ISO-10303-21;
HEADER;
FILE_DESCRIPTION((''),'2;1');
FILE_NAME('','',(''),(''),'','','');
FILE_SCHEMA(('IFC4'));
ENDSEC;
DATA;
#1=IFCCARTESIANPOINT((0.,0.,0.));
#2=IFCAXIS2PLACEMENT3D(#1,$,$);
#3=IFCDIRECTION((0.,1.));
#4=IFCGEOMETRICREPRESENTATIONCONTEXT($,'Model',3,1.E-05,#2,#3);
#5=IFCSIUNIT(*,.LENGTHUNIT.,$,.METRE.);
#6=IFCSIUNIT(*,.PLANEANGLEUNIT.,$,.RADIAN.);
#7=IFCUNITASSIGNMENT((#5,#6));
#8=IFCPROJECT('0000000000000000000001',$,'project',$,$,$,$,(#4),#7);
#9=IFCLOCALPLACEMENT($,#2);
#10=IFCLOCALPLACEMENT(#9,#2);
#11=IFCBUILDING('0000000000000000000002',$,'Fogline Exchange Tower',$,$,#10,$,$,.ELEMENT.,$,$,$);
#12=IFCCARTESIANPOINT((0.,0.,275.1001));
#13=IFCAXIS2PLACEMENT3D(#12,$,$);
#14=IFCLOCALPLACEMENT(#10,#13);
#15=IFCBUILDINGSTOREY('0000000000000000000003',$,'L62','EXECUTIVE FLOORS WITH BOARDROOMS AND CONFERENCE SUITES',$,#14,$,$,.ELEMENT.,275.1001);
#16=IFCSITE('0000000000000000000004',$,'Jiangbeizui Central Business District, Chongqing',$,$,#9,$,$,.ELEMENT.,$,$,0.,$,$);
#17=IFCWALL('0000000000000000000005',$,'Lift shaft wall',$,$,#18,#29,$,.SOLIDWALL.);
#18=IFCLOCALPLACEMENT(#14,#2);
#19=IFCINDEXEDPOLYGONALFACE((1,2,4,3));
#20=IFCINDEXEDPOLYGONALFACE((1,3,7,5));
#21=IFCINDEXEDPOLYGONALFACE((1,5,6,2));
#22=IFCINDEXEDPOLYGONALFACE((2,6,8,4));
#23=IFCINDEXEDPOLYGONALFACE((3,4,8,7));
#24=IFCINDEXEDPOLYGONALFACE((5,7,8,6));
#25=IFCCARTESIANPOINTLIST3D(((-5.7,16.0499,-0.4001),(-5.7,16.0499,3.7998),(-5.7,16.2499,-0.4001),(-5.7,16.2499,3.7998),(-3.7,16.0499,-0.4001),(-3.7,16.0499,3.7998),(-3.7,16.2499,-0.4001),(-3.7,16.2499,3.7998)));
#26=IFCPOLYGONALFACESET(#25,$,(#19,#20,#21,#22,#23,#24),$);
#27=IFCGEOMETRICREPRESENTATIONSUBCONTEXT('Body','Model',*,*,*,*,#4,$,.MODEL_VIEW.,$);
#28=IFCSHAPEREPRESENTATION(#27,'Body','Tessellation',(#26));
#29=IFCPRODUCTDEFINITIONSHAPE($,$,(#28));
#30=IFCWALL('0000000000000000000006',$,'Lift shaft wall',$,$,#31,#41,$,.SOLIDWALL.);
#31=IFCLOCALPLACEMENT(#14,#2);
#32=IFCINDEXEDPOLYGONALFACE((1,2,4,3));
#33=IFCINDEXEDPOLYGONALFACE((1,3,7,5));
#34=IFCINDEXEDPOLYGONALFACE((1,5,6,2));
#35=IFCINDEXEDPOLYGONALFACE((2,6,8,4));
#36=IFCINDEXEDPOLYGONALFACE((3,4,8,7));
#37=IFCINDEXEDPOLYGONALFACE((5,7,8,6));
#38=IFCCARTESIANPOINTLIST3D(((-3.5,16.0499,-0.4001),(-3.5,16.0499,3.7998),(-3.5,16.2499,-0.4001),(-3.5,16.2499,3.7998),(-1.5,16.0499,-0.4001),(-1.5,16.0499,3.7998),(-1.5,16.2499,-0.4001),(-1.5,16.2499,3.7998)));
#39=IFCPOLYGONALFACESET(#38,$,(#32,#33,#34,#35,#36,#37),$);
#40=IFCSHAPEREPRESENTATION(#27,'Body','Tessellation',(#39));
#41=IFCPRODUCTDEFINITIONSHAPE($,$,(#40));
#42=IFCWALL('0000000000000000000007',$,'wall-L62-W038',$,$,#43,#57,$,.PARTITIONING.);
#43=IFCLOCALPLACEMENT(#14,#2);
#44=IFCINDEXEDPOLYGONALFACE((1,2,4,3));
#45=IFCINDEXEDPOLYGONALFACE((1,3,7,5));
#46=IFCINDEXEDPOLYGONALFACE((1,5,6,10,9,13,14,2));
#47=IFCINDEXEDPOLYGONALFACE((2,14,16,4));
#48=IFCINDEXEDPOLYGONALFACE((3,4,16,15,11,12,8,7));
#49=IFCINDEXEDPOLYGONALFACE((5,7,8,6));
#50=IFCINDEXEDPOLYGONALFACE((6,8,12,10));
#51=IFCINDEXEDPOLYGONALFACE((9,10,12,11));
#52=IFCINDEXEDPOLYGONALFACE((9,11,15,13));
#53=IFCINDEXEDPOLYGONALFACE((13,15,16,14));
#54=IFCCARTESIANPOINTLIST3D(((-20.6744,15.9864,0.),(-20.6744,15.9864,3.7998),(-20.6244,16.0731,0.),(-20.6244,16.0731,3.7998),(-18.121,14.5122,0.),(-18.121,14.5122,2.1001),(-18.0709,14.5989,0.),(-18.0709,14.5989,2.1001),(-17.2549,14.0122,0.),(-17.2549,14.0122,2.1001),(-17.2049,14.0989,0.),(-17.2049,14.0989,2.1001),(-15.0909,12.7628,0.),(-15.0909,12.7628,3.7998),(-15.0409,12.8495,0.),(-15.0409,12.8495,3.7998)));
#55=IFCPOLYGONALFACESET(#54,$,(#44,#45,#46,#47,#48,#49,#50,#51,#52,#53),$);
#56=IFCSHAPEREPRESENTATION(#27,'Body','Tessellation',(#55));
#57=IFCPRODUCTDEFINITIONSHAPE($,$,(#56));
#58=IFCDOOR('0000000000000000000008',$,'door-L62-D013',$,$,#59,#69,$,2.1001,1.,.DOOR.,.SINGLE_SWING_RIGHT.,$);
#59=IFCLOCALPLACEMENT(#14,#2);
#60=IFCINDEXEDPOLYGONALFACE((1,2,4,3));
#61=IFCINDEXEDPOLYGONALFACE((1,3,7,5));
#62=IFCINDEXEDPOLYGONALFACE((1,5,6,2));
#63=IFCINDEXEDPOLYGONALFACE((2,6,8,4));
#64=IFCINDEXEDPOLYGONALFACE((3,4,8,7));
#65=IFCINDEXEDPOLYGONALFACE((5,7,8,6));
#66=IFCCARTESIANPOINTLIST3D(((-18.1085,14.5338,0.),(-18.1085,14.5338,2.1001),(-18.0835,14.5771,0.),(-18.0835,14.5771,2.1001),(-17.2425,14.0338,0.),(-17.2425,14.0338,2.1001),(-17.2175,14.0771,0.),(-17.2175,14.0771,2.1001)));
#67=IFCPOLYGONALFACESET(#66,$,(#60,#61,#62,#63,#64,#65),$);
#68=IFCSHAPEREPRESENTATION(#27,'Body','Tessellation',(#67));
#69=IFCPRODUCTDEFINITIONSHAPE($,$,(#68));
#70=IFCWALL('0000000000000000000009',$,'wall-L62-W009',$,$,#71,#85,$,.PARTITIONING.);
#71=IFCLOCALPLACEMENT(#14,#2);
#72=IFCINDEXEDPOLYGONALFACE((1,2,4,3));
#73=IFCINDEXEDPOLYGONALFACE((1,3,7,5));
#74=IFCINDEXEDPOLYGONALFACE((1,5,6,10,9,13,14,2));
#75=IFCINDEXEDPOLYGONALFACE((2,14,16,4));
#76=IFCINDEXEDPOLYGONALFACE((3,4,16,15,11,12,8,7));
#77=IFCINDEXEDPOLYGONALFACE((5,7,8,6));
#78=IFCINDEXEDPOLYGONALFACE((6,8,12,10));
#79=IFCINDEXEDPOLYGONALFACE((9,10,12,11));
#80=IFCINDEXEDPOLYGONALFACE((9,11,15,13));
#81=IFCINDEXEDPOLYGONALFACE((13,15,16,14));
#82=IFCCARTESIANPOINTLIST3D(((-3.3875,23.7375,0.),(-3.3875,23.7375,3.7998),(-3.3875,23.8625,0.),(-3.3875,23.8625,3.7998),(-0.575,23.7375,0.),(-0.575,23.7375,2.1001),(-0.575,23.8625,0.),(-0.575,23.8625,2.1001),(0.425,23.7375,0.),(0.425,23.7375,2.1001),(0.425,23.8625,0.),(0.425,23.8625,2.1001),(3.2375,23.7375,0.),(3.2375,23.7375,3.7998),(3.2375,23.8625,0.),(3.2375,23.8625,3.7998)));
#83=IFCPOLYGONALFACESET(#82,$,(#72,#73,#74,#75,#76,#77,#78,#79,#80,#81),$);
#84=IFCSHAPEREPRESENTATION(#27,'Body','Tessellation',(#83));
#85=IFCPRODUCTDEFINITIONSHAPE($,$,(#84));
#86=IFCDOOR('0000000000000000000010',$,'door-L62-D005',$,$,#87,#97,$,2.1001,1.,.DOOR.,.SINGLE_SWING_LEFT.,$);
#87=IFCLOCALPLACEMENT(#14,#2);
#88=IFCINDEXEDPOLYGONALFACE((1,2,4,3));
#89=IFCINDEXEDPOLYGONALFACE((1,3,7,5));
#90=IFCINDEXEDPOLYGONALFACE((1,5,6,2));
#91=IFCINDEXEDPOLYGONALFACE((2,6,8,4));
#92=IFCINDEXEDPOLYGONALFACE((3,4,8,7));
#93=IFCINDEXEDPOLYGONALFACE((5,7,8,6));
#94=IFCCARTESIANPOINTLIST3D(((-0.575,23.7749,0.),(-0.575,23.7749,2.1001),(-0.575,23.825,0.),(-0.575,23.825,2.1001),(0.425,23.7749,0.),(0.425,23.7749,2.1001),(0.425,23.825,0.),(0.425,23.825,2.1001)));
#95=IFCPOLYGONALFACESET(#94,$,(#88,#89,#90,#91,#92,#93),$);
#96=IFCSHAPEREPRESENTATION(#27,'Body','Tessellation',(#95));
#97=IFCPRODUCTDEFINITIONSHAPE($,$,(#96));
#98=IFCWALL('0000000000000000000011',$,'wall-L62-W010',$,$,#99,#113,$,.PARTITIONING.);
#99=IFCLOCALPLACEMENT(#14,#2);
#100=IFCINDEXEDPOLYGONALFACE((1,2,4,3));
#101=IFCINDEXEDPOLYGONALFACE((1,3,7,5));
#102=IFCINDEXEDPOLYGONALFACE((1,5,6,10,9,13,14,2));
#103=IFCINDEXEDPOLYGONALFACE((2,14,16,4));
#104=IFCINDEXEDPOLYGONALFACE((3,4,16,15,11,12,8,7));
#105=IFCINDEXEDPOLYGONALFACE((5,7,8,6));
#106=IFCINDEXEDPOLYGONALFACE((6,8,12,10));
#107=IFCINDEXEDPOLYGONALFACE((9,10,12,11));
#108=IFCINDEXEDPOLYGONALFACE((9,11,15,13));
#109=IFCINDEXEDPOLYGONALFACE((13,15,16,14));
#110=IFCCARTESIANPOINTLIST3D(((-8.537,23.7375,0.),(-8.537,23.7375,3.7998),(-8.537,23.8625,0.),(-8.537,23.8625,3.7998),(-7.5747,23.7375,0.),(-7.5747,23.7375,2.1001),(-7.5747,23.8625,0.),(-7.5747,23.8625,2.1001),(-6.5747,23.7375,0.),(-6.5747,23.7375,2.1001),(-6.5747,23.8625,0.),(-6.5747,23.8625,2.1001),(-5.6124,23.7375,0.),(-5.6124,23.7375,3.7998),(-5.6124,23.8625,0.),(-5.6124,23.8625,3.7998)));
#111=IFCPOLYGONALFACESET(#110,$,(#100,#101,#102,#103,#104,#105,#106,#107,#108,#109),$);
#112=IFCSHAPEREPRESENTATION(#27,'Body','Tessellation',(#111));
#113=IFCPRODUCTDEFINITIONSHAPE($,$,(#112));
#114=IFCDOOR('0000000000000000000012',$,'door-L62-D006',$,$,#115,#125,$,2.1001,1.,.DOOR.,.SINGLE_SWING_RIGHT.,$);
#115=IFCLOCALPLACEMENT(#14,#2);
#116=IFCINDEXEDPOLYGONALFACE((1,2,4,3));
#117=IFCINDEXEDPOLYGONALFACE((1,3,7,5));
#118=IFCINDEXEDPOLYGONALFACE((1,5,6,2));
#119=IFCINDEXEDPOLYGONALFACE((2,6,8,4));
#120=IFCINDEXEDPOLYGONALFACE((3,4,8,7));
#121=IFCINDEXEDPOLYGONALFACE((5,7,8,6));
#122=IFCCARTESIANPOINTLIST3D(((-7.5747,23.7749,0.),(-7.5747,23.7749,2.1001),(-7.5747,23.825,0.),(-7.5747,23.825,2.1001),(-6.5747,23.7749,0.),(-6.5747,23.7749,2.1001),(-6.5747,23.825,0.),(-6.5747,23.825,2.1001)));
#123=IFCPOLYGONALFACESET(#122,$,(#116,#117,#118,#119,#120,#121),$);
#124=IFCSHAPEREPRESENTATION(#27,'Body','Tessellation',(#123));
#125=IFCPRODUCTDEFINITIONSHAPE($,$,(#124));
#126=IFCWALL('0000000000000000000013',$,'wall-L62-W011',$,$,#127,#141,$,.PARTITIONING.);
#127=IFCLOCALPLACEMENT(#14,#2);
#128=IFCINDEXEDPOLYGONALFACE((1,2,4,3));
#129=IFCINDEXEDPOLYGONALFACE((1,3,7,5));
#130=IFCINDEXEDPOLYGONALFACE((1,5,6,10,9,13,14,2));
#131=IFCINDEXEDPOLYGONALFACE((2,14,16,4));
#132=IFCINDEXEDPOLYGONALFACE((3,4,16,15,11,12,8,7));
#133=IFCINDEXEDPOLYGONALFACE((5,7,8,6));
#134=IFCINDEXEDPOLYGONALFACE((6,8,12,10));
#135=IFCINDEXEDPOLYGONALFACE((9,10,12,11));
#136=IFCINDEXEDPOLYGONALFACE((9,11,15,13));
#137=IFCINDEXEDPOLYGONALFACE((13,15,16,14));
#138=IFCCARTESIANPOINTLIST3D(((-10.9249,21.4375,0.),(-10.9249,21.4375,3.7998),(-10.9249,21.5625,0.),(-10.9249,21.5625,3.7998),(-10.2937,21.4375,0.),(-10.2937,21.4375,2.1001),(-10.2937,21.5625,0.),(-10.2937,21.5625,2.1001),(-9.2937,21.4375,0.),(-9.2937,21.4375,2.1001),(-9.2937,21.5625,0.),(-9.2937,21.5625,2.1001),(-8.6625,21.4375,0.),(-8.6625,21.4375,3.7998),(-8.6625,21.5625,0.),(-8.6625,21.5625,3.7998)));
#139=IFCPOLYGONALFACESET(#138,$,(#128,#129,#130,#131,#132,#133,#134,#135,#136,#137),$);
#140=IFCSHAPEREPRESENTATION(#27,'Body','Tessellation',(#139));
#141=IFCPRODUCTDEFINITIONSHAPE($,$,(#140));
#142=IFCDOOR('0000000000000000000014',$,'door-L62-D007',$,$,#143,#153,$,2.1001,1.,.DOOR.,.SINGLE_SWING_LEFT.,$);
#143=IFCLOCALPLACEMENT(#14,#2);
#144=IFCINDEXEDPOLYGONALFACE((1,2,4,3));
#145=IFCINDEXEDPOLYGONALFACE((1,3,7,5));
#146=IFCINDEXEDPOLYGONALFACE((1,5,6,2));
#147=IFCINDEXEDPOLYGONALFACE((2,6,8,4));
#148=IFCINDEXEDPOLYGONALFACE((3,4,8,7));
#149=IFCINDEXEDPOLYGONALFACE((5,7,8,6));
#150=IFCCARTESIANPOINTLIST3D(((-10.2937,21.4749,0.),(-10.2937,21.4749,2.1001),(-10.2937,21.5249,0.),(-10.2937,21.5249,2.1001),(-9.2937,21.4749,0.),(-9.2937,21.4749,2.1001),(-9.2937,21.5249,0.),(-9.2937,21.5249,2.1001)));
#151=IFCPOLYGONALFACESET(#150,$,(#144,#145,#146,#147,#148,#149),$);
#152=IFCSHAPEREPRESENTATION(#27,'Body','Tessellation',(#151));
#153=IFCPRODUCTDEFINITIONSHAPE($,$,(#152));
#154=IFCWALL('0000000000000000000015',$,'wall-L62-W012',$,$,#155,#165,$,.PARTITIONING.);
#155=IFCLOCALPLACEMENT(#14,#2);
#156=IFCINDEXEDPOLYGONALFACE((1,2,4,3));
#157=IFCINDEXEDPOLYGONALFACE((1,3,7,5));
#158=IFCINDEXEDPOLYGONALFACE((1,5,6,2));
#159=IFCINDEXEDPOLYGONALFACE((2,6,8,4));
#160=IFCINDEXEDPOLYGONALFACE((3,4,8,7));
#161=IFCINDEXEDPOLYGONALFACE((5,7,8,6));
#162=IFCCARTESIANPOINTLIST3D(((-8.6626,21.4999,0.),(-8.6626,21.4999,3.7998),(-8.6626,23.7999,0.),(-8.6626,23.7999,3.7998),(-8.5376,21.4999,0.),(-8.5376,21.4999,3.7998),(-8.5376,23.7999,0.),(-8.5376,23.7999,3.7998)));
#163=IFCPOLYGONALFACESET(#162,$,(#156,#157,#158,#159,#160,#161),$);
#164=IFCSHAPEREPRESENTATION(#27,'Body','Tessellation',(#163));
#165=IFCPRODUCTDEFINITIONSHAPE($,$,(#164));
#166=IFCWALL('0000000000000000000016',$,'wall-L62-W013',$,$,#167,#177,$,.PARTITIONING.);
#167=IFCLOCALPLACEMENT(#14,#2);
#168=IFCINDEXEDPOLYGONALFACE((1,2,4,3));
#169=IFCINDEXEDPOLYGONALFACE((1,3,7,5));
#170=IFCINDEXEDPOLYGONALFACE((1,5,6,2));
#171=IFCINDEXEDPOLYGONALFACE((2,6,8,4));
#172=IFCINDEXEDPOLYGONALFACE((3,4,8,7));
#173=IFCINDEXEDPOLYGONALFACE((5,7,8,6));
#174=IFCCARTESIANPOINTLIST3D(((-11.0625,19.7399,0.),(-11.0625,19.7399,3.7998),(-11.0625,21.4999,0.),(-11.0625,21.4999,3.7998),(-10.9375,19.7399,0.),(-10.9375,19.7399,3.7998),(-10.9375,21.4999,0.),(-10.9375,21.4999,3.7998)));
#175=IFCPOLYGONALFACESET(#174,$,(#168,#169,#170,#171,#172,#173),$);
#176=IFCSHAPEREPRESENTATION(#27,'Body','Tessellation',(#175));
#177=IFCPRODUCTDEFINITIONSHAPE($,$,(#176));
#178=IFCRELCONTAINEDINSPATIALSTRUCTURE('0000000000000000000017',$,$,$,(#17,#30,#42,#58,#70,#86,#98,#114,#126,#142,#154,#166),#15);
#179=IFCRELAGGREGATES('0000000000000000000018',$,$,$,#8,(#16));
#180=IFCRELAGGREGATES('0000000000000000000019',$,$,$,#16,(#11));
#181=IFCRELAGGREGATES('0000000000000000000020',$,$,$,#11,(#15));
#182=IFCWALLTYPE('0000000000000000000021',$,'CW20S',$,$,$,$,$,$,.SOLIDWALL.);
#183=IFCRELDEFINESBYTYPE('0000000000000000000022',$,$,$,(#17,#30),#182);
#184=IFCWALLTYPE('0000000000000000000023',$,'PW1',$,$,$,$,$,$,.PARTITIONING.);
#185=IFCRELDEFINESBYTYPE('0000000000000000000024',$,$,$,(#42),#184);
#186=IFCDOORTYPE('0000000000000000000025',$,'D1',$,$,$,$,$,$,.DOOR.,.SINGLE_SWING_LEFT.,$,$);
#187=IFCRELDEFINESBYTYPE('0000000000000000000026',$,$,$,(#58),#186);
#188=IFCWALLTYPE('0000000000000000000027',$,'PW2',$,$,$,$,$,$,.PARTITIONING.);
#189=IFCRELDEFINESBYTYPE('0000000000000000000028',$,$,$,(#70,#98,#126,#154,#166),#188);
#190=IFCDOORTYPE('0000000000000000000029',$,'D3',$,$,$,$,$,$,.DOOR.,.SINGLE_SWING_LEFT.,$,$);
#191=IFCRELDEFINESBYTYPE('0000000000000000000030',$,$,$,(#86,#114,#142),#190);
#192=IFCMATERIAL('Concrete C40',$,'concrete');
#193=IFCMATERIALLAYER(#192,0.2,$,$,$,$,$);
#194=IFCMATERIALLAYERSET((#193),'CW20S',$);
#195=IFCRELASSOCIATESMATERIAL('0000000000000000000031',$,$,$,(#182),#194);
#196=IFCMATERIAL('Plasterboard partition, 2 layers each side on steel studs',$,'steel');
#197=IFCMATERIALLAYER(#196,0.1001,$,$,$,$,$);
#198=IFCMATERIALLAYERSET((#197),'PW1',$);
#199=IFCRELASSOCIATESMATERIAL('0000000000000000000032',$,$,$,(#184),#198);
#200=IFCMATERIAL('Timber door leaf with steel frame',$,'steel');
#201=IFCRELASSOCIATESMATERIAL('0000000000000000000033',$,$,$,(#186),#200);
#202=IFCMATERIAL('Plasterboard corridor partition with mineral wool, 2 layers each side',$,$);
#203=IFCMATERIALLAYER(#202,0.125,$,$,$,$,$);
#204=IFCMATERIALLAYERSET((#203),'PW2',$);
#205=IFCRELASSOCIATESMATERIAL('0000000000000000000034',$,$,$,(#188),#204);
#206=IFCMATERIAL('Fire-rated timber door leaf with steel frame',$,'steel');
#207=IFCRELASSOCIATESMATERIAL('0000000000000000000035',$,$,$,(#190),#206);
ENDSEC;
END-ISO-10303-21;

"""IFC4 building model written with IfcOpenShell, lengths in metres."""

from ifc_helpers import new_model, si_unit, direction, frame, frame_2d, origin, place, context, subcontext, project, spatial, rectangle, extrude, material, layer, layer_set, type_object, element, fill, save


model = new_model("IFC4")

# Units and contexts
model_context = context("Model", 3, precision=1e-05, world=origin(), true_north=direction((0.0, 1.0)))
body_context = subcontext(model_context, "Body", "Model", "MODEL_VIEW")
ifc_project = project(units=[si_unit("LENGTHUNIT", "METRE"), si_unit("PLANEANGLEUNIT", "RADIAN")], contexts=[model_context])

# Site, building, storey
site_placement = place(None, origin())
site = spatial("IfcSite", under=ifc_project, at=site_placement, Name="Jiangbeizui Central Business District, Chongqing", CompositionType="ELEMENT", RefElevation=0.0)
building_placement = place(site_placement, origin())
building = spatial("IfcBuilding", under=site, at=building_placement, Name="Fogline Exchange Tower", CompositionType="ELEMENT")
storey_placement = place(building_placement, frame((0.0, 0.0, 275.1001)))
storey = spatial("IfcBuildingStorey", under=building, at=storey_placement, Name="L62", Description="EXECUTIVE FLOORS WITH BOARDROOMS AND CONFERENCE SUITES", CompositionType="ELEMENT", Elevation=275.1001)

# Shared definitions
ifc_material_1 = material(Name="Concrete C40", Category="concrete")

# Walls
ifc_layer_1 = layer(ifc_material_1, 0.2)
ifc_layer_set_1 = layer_set([ifc_layer_1], Name="CW20S")
wall_type_1 = type_object("IfcWallType", Name="CW20S", PredefinedType="SOLIDWALL", material=ifc_layer_set_1)
for number, where, z_axis, x_axis, name in (
    (1, (-5.7, 16.1499, -0.4001), (0.0, 0.0, 1.0), (1.0, 0.0, 0.0), "Lift shaft wall"),
    (2, (-3.5, 16.1499, -0.4001), (0.0, 0.0, 1.0), (1.0, 0.0, 0.0), "Lift shaft wall"),
):
    element("IfcWall", number, at=place(storey_placement, frame(where, z_axis=z_axis, x_axis=x_axis)), inside=storey, type_object=wall_type_1, Name=name, PredefinedType="SOLIDWALL", context=body_context, shape_type="SweptSolid", body=[
        extrude(rectangle(XDim=2.0, YDim=0.2, at=frame_2d((1.0, 0.0))), origin(), (0.0, 0.0, 1.0), 4.2),
    ])

# Walls, openings, doors
ifc_material_2 = material(Name="Plasterboard partition, 2 layers each side on steel studs", Category="steel")
ifc_layer_2 = layer(ifc_material_2, 0.1001)
ifc_layer_set_2 = layer_set([ifc_layer_2], Name="PW1")
wall_type_2 = type_object("IfcWallType", Name="PW1", PredefinedType="PARTITIONING", material=ifc_layer_set_2)
wall_1_placement = place(storey_placement, frame((-15.0659, 12.8062, 0.0), z_axis=(0.0, 0.0, 1.0), x_axis=(-0.866025, 0.5, 0.0)))
wall_1 = element("IfcWall", 3, at=wall_1_placement, inside=storey, type_object=wall_type_2, Name="wall-L62-W038", PredefinedType="PARTITIONING", context=body_context, shape_type="SweptSolid", body=[
    extrude(rectangle(XDim=6.4473, YDim=0.1001, at=frame_2d((3.2236, 0.0))), origin(), (0.0, 0.0, 1.0), 3.7998),
])
opening_1_placement = place(wall_1_placement, frame((2.4988, 0.0, 0.0)))
opening_1 = element("IfcOpeningElement", 4, at=opening_1_placement, cuts=wall_1, PredefinedType="OPENING", context=body_context, shape_type="SweptSolid", body=[
    extrude(rectangle(XDim=1.0, YDim=2.1001, at=frame_2d((0.5, 1.05))), frame((0.0, 0.0601, 0.0), z_axis=(0.0, -1.0, 0.0), x_axis=(1.0, 0.0, 0.0)), (0.0, 0.0, 1.0), 0.1201),
])
ifc_material_3 = material(Name="Timber door leaf with steel frame", Category="steel")
door_type_1 = type_object("IfcDoorType", Name="D1", OperationType="SINGLE_SWING_LEFT", PredefinedType="DOOR", material=ifc_material_3)
door_1_placement = place(opening_1_placement, frame((1.0, 0.0, 0.0), z_axis=(0.0, 0.0, 1.0), x_axis=(-1.0, 0.0, 0.0)))
door_1 = element("IfcDoor", 5, at=door_1_placement, inside=storey, type_object=door_type_1, Name="door-L62-D013", OperationType="SINGLE_SWING_RIGHT", OverallHeight=2.1001, OverallWidth=1.0, PredefinedType="DOOR", context=body_context, shape_type="SweptSolid", body=[
    extrude(rectangle(XDim=1.0, YDim=2.1001, at=frame_2d((0.5, 1.05))), frame((0.0, 0.0249, 0.0), z_axis=(0.0, -1.0, 0.0), x_axis=(1.0, 0.0, 0.0)), (0.0, 0.0, 1.0), 0.05),
])
fill(opening_1, door_1)
ifc_material_4 = material(Name="Plasterboard corridor partition with mineral wool, 2 layers each side")
ifc_layer_3 = layer(ifc_material_4, 0.125)
ifc_layer_set_3 = layer_set([ifc_layer_3], Name="PW2")
wall_type_3 = type_object("IfcWallType", Name="PW2", PredefinedType="PARTITIONING", material=ifc_layer_set_3)
wall_2_placement = place(storey_placement, frame((-3.3875, 23.8, 0.0), z_axis=(0.0, 0.0, 1.0), x_axis=(1.0, 0.0, 0.0)))
wall_2 = element("IfcWall", 6, at=wall_2_placement, inside=storey, type_object=wall_type_3, Name="wall-L62-W009", PredefinedType="PARTITIONING", context=body_context, shape_type="SweptSolid", body=[
    extrude(rectangle(XDim=6.625, YDim=0.125, at=frame_2d((3.3125, 0.0))), origin(), (0.0, 0.0, 1.0), 3.7998),
])
opening_2_placement = place(wall_2_placement, frame((2.8125, 0.0, 0.0)))
opening_2 = element("IfcOpeningElement", 7, at=opening_2_placement, cuts=wall_2, PredefinedType="OPENING", context=body_context, shape_type="SweptSolid", body=[
    extrude(rectangle(XDim=1.0, YDim=2.1001, at=frame_2d((0.5, 1.05))), frame((0.0, 0.0725, 0.0), z_axis=(0.0, -1.0, 0.0), x_axis=(1.0, 0.0, 0.0)), (0.0, 0.0, 1.0), 0.145),
])
ifc_material_5 = material(Name="Fire-rated timber door leaf with steel frame", Category="steel")
door_type_2 = type_object("IfcDoorType", Name="D3", OperationType="SINGLE_SWING_LEFT", PredefinedType="DOOR", material=ifc_material_5)
door_2_placement = place(opening_2_placement, origin())
door_2 = element("IfcDoor", 8, at=door_2_placement, inside=storey, type_object=door_type_2, Name="door-L62-D005", OperationType="SINGLE_SWING_LEFT", OverallHeight=2.1001, OverallWidth=1.0, PredefinedType="DOOR", context=body_context, shape_type="SweptSolid", body=[
    extrude(rectangle(XDim=1.0, YDim=2.1001, at=frame_2d((0.5, 1.05))), frame((0.0, 0.0249, 0.0), z_axis=(0.0, -1.0, 0.0), x_axis=(1.0, 0.0, 0.0)), (0.0, 0.0, 1.0), 0.05),
])
fill(opening_2, door_2)
wall_3_placement = place(storey_placement, frame((-8.5371, 23.8, 0.0), z_axis=(0.0, 0.0, 1.0), x_axis=(1.0, 0.0, 0.0)))
wall_3 = element("IfcWall", 9, at=wall_3_placement, inside=storey, type_object=wall_type_3, Name="wall-L62-W010", PredefinedType="PARTITIONING", context=body_context, shape_type="SweptSolid", body=[
    extrude(rectangle(XDim=2.9246, YDim=0.125, at=frame_2d((1.4624, 0.0))), origin(), (0.0, 0.0, 1.0), 3.7998),
])
opening_3_placement = place(wall_3_placement, frame((0.9624, 0.0, 0.0)))
opening_3 = element("IfcOpeningElement", 10, at=opening_3_placement, cuts=wall_3, PredefinedType="OPENING", context=body_context, shape_type="SweptSolid", body=[
    extrude(rectangle(XDim=1.0, YDim=2.1001, at=frame_2d((0.5, 1.05))), frame((0.0, 0.0725, 0.0), z_axis=(0.0, -1.0, 0.0), x_axis=(1.0, 0.0, 0.0)), (0.0, 0.0, 1.0), 0.145),
])
door_3_placement = place(opening_3_placement, origin())
door_3 = element("IfcDoor", 11, at=door_3_placement, inside=storey, type_object=door_type_2, Name="door-L62-D006", OperationType="SINGLE_SWING_RIGHT", OverallHeight=2.1001, OverallWidth=1.0, PredefinedType="DOOR", context=body_context, shape_type="SweptSolid", body=[
    extrude(rectangle(XDim=1.0, YDim=2.1001, at=frame_2d((0.5, 1.05))), frame((0.0, 0.0249, 0.0), z_axis=(0.0, -1.0, 0.0), x_axis=(1.0, 0.0, 0.0)), (0.0, 0.0, 1.0), 0.05),
])
fill(opening_3, door_3)
wall_4_placement = place(storey_placement, frame((-10.925, 21.5, 0.0), z_axis=(0.0, 0.0, 1.0), x_axis=(1.0, 0.0, 0.0)))
wall_4 = element("IfcWall", 12, at=wall_4_placement, inside=storey, type_object=wall_type_3, Name="wall-L62-W011", PredefinedType="PARTITIONING", context=body_context, shape_type="SweptSolid", body=[
    extrude(rectangle(XDim=2.2625, YDim=0.125, at=frame_2d((1.1313, 0.0))), origin(), (0.0, 0.0, 1.0), 3.7998),
])
opening_4_placement = place(wall_4_placement, frame((0.6313, 0.0, 0.0)))
opening_4 = element("IfcOpeningElement", 13, at=opening_4_placement, cuts=wall_4, PredefinedType="OPENING", context=body_context, shape_type="SweptSolid", body=[
    extrude(rectangle(XDim=1.0, YDim=2.1001, at=frame_2d((0.5, 1.05))), frame((0.0, 0.0725, 0.0), z_axis=(0.0, -1.0, 0.0), x_axis=(1.0, 0.0, 0.0)), (0.0, 0.0, 1.0), 0.145),
])
door_4_placement = place(opening_4_placement, origin())
door_4 = element("IfcDoor", 14, at=door_4_placement, inside=storey, type_object=door_type_2, Name="door-L62-D007", OperationType="SINGLE_SWING_LEFT", OverallHeight=2.1001, OverallWidth=1.0, PredefinedType="DOOR", context=body_context, shape_type="SweptSolid", body=[
    extrude(rectangle(XDim=1.0, YDim=2.1001, at=frame_2d((0.5, 1.05))), frame((0.0, 0.0249, 0.0), z_axis=(0.0, -1.0, 0.0), x_axis=(1.0, 0.0, 0.0)), (0.0, 0.0, 1.0), 0.05),
])
fill(opening_4, door_4)

# Walls
wall_5_placement = place(storey_placement, frame((-8.6001, 21.5, 0.0), z_axis=(0.0, 0.0, 1.0), x_axis=(0.0, 1.0, 0.0)))
element("IfcWall", 15, at=wall_5_placement, inside=storey, type_object=wall_type_3, Name="wall-L62-W012", PredefinedType="PARTITIONING", context=body_context, shape_type="SweptSolid", body=[
    extrude(rectangle(XDim=2.3, YDim=0.125, at=frame_2d((1.1499, 0.0))), origin(), (0.0, 0.0, 1.0), 3.7998),
])
wall_6_placement = place(storey_placement, frame((-11.0, 19.74, 0.0), z_axis=(0.0, 0.0, 1.0), x_axis=(0.0, 1.0, 0.0)))
element("IfcWall", 16, at=wall_6_placement, inside=storey, type_object=wall_type_3, Name="wall-L62-W013", PredefinedType="PARTITIONING", context=body_context, shape_type="SweptSolid", body=[
    extrude(rectangle(XDim=1.76, YDim=0.125, at=frame_2d((0.8799, 0.0))), origin(), (0.0, 0.0, 1.0), 3.7998),
])

save(model, "model.ifc")
